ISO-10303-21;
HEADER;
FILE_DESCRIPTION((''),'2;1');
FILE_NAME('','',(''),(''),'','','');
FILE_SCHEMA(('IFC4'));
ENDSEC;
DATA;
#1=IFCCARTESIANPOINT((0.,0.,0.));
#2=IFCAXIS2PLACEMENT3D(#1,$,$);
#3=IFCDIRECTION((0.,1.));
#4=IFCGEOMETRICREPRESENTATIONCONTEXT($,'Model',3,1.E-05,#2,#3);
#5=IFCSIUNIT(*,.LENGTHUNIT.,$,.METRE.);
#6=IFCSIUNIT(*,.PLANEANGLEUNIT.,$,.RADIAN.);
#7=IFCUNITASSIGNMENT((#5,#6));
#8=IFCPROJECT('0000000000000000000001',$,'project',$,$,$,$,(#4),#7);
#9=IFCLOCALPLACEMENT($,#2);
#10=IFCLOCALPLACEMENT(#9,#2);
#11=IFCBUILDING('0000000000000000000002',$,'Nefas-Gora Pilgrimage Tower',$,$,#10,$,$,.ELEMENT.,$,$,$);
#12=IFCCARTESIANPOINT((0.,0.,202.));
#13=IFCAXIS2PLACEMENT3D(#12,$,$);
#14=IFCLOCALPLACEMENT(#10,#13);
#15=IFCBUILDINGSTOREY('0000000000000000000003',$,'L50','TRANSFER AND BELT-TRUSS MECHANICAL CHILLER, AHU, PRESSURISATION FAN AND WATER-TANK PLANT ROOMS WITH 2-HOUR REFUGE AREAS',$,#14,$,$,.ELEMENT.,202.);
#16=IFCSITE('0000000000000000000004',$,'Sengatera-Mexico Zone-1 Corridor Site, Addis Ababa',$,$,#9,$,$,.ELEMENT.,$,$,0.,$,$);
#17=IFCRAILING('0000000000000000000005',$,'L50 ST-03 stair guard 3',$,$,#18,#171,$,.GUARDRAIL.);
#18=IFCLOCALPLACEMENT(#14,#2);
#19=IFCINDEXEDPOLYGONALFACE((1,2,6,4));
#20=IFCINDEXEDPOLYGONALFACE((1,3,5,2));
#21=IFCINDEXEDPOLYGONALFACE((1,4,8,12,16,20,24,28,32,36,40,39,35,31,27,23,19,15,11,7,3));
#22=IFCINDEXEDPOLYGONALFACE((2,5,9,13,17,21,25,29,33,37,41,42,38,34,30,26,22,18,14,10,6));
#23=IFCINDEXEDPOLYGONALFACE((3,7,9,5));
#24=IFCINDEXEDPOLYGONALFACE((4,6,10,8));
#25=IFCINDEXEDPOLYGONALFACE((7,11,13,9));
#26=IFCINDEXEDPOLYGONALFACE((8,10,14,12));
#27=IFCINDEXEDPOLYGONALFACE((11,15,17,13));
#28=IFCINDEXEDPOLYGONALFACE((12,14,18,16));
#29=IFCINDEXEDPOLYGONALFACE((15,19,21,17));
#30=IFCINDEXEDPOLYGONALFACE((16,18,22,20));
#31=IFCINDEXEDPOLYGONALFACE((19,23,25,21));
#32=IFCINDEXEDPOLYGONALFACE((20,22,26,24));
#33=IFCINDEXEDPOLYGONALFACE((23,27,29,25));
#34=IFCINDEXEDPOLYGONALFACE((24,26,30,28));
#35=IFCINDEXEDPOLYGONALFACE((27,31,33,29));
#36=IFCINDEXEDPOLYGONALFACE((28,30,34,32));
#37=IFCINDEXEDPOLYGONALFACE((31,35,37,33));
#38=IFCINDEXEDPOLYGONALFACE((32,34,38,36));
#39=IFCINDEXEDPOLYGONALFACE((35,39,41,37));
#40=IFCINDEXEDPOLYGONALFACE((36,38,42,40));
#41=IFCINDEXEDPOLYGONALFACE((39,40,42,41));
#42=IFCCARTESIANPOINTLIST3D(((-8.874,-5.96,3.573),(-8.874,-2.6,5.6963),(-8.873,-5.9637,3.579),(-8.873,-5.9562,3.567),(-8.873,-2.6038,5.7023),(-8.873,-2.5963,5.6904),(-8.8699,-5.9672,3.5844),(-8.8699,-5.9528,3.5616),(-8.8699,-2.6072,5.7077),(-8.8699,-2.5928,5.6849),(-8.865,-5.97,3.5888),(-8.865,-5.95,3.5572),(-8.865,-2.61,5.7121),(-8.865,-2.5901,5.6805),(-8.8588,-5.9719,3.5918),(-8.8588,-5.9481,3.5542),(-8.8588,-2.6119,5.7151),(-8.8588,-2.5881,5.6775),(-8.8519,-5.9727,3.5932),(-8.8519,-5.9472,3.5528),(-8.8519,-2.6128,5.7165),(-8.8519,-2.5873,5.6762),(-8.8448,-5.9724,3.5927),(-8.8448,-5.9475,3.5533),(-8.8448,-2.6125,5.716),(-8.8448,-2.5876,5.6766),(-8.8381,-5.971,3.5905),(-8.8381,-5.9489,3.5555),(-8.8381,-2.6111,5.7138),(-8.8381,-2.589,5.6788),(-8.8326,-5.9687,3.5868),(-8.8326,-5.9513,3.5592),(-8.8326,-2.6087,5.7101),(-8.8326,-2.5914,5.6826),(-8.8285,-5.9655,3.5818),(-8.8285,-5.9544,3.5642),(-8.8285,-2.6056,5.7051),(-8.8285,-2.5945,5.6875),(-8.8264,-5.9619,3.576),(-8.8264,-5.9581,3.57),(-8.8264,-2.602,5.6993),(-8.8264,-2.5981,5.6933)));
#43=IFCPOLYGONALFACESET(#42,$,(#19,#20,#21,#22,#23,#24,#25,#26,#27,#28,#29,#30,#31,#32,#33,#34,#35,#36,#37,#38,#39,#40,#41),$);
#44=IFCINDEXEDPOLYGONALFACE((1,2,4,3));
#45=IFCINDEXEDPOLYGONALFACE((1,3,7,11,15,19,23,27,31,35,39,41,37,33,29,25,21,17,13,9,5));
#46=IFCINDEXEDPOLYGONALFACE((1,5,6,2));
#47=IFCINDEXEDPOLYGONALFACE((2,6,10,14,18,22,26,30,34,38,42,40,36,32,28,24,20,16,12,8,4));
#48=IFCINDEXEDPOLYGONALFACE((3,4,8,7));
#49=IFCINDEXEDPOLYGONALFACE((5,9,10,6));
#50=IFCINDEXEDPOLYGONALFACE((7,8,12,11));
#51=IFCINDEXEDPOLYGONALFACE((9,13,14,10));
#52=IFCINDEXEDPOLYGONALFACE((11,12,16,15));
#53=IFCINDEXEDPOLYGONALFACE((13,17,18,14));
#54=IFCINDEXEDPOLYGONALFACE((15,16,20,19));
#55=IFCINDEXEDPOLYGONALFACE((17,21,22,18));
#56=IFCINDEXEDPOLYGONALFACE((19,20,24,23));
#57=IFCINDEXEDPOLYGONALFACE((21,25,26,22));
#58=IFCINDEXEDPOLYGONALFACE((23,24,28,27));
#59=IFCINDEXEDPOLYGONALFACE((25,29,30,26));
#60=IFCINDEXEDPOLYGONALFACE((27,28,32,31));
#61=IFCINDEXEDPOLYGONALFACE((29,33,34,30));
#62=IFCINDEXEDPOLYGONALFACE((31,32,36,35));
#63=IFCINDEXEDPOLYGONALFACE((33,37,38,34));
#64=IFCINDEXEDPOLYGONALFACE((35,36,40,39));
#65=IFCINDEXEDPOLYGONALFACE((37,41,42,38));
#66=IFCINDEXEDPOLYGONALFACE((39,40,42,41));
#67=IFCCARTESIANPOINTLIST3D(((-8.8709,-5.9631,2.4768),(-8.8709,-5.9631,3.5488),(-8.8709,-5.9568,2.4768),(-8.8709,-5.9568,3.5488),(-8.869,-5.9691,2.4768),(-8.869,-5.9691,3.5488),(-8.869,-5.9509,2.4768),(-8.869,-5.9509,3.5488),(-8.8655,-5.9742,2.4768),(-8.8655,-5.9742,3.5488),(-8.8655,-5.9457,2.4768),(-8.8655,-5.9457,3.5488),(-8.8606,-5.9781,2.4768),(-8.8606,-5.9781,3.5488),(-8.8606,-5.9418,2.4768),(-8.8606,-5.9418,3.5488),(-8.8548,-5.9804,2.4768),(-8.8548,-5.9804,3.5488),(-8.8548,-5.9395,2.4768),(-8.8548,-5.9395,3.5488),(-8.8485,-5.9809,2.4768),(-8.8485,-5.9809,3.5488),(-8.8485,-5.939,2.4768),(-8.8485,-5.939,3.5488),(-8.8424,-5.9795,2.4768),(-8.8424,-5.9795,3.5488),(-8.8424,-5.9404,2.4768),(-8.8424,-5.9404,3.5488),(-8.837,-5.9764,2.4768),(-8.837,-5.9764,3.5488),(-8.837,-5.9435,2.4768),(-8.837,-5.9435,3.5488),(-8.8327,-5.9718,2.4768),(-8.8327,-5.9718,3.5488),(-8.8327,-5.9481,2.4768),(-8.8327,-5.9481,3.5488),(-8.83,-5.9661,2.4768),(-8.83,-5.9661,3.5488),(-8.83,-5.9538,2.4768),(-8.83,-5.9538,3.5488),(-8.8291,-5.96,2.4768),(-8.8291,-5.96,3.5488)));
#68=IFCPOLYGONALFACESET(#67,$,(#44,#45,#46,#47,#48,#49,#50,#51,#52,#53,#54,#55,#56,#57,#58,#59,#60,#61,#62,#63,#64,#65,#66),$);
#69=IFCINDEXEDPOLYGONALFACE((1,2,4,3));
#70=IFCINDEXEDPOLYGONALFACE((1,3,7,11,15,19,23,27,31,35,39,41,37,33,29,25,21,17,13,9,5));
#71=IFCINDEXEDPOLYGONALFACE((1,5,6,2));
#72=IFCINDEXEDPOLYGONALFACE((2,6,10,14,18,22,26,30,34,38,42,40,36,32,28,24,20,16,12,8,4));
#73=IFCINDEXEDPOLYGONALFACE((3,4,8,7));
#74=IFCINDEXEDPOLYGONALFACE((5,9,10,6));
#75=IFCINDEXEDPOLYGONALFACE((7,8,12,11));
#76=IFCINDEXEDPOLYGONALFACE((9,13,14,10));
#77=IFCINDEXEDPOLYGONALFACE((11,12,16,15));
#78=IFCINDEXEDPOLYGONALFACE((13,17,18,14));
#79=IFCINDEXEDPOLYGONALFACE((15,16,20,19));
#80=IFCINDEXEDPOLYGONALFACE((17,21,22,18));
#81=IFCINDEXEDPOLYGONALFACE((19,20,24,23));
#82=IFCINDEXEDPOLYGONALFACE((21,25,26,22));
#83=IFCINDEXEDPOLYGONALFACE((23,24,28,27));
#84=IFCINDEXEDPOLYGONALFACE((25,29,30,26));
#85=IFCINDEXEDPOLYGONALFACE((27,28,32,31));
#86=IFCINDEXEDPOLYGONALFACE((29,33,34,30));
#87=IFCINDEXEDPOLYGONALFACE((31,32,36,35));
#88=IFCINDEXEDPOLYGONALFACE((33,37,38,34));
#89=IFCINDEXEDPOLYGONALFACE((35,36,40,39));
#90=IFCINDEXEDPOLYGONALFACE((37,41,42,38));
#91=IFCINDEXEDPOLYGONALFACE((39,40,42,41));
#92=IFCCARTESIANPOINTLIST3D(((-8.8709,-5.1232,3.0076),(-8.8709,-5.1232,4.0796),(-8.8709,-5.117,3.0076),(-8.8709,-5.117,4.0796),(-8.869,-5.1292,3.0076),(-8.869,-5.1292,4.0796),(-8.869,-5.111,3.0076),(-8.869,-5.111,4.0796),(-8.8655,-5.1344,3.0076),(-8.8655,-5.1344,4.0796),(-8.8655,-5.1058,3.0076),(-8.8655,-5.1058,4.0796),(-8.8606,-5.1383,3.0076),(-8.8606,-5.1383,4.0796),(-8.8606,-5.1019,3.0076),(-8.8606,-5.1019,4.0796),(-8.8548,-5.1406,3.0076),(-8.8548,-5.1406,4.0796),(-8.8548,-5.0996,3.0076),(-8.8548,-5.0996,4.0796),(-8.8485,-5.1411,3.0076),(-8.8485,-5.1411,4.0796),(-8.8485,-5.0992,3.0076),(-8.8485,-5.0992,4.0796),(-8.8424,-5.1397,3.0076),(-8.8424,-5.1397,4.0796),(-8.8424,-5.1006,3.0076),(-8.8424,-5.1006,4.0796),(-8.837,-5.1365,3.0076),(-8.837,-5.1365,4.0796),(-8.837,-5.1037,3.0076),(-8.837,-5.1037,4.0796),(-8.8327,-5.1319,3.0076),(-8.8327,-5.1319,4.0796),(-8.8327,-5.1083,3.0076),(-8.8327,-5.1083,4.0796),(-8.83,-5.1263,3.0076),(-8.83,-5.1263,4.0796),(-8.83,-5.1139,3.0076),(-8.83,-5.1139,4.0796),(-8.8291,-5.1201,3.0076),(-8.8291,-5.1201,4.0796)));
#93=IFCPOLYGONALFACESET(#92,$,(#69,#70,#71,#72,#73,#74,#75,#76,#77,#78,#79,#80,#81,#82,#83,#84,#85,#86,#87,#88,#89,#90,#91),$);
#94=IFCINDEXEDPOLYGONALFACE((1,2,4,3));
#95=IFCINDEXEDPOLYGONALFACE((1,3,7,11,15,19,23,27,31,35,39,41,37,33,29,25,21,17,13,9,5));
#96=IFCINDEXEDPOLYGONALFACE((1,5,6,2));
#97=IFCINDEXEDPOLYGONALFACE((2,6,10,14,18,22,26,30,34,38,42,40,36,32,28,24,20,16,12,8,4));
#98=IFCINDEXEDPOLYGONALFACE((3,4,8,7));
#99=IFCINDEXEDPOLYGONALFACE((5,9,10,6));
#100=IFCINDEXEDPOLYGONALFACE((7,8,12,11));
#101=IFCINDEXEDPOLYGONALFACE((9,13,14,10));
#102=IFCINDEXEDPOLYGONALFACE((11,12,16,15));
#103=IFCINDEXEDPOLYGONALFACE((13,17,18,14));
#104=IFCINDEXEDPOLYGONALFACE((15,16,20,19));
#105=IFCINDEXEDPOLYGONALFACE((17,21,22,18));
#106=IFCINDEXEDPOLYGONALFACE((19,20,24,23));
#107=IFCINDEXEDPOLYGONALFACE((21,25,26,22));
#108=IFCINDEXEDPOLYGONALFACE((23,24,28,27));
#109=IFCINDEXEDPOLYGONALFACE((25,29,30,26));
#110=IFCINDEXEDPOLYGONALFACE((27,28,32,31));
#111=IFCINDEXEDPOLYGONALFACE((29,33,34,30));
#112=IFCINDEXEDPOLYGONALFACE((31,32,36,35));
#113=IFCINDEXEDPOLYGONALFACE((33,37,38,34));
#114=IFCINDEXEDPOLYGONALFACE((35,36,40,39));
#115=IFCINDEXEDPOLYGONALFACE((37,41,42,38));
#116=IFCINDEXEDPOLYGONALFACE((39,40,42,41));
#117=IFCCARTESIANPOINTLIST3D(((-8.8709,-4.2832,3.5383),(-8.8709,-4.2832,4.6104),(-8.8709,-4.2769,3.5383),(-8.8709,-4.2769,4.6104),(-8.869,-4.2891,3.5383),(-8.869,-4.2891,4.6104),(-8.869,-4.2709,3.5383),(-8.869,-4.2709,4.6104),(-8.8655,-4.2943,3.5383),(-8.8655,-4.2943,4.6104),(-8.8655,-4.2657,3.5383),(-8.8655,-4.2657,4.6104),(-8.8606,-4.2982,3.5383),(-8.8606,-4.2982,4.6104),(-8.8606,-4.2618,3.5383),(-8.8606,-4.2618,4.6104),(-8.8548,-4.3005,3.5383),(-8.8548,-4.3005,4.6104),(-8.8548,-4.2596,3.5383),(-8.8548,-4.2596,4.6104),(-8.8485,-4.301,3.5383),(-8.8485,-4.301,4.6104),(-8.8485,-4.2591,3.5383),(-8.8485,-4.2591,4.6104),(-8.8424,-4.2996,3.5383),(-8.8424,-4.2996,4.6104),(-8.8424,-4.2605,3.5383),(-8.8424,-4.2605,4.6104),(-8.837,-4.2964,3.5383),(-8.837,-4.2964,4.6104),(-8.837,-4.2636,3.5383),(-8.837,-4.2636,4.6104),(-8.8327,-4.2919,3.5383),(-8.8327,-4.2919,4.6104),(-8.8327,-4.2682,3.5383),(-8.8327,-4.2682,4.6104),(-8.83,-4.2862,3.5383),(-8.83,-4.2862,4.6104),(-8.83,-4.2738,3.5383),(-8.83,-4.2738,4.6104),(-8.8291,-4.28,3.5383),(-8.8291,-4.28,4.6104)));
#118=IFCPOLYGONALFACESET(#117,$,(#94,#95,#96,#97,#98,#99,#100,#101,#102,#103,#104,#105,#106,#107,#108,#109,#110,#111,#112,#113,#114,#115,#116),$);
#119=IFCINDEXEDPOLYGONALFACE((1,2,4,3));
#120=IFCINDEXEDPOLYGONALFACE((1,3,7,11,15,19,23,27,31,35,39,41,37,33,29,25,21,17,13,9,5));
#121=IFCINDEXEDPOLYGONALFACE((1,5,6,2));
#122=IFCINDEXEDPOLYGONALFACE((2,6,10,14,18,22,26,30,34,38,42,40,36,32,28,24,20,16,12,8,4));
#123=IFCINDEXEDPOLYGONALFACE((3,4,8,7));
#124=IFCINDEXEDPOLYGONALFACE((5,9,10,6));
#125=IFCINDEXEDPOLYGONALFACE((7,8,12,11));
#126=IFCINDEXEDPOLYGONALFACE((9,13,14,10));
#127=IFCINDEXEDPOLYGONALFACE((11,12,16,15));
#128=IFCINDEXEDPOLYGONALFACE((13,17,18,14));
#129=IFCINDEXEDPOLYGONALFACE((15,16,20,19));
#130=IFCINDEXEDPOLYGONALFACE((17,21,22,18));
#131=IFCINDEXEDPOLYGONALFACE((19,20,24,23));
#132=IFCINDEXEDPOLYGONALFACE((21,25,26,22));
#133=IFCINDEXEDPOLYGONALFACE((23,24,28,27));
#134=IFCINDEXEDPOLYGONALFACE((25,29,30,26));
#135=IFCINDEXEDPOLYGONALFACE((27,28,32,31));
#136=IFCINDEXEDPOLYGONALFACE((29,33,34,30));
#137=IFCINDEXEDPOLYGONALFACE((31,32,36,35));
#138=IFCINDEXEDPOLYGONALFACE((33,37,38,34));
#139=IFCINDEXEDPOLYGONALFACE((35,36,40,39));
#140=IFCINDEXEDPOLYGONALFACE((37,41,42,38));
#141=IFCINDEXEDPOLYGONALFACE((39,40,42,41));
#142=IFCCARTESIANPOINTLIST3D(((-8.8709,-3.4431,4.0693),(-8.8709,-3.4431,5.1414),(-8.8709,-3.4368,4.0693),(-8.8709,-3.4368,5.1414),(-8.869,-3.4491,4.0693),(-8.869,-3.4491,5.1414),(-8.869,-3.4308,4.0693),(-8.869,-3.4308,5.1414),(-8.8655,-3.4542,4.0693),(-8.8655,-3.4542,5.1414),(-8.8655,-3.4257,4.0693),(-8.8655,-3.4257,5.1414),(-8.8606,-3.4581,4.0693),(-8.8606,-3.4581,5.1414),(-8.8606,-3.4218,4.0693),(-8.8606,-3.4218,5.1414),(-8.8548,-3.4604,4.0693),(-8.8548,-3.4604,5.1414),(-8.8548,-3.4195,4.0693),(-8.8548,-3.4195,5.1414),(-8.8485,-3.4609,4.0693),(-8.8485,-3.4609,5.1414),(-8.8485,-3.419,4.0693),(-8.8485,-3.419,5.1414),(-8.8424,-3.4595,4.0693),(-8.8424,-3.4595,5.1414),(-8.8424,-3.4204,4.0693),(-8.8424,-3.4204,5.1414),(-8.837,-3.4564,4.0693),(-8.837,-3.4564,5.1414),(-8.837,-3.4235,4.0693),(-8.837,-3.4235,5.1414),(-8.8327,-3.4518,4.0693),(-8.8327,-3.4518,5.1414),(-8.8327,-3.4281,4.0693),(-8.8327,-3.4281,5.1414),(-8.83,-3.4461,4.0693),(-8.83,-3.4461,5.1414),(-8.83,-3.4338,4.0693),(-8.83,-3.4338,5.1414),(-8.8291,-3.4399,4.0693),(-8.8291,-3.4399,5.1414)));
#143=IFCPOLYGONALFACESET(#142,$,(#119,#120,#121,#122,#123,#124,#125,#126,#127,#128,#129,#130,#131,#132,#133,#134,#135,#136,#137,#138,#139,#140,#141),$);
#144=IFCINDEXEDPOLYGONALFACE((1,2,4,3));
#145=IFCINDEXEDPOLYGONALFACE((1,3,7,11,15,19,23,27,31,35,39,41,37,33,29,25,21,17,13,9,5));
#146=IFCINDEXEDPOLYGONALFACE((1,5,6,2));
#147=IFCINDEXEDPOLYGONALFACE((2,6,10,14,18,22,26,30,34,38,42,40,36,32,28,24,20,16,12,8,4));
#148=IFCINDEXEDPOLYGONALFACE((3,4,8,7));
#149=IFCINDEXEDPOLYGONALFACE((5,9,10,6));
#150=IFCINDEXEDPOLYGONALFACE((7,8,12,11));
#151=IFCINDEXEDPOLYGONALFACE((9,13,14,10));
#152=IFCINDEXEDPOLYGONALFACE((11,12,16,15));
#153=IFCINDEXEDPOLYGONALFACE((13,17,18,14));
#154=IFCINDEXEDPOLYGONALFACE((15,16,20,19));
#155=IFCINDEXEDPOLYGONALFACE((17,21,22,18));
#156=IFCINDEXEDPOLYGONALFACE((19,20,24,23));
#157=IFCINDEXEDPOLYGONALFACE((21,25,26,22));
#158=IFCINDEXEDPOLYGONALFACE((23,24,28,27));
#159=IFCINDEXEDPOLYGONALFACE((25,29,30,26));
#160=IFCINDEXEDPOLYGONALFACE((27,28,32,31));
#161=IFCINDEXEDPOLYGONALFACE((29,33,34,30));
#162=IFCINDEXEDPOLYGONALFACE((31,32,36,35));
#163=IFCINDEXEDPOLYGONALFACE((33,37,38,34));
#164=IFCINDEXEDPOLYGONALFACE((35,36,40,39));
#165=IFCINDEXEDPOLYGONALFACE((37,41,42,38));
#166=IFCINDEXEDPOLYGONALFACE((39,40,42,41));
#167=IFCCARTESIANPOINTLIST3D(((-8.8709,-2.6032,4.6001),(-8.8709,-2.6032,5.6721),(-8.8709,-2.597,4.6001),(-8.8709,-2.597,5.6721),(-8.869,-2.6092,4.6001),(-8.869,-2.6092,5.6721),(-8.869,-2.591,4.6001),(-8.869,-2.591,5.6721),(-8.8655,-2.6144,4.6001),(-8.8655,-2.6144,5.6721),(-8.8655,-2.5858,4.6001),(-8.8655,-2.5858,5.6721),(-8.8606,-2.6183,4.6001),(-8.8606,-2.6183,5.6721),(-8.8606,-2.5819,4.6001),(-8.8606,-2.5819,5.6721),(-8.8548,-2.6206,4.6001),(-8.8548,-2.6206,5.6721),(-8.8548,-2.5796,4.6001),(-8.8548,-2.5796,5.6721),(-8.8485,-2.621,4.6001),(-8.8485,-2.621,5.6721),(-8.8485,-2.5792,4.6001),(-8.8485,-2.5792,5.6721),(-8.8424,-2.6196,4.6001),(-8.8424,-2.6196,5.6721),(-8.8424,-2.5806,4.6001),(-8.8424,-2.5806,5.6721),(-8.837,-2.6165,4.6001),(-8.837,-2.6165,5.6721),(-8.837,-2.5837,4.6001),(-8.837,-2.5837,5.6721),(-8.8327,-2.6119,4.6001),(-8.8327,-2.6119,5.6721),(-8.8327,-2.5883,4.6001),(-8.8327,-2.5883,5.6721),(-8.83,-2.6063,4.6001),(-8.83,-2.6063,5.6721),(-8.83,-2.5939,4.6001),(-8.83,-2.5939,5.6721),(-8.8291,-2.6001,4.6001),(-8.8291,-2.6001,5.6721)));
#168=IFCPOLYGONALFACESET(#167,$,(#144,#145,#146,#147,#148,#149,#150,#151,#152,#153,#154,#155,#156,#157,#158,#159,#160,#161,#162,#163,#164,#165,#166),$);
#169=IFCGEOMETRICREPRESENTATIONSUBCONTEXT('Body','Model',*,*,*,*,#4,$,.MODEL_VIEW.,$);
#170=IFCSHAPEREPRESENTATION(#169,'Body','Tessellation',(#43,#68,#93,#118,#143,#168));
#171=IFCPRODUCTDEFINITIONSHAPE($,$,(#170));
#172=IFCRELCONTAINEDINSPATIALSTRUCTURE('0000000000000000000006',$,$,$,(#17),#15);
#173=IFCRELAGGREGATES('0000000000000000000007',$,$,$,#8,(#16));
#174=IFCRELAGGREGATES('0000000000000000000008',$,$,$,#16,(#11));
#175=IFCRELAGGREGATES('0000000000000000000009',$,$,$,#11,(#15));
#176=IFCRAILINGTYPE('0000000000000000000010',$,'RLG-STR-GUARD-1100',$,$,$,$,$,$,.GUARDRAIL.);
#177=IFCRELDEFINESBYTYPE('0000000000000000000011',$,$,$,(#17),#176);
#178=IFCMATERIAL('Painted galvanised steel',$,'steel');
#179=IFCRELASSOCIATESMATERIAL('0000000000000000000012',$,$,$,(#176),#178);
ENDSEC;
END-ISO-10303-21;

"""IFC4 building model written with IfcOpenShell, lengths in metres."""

from ifc_helpers import new_model, si_unit, direction, frame, origin, origin_2d, place, context, subcontext, project, spatial, circle, extrude, material, type_object, element, save


model = new_model("IFC4")

# Units and contexts
model_context = context("Model", 3, precision=1e-05, world=origin(), true_north=direction((0.0, 1.0)))
body_context = subcontext(model_context, "Body", "Model", "MODEL_VIEW")
ifc_project = project(units=[si_unit("LENGTHUNIT", "METRE"), si_unit("PLANEANGLEUNIT", "RADIAN")], contexts=[model_context])

# Site, building, storey
site_placement = place(None, origin())
site = spatial("IfcSite", under=ifc_project, at=site_placement, Name="Sengatera-Mexico Zone-1 Corridor Site, Addis Ababa", CompositionType="ELEMENT", RefElevation=0.0)
building_placement = place(site_placement, origin())
building = spatial("IfcBuilding", under=site, at=building_placement, Name="Nefas-Gora Pilgrimage Tower", CompositionType="ELEMENT")
storey_placement = place(building_placement, frame((0.0, 0.0, 202.0)))
storey = spatial("IfcBuildingStorey", under=building, at=storey_placement, Name="L50", Description="TRANSFER AND BELT-TRUSS MECHANICAL CHILLER, AHU, PRESSURISATION FAN AND WATER-TANK PLANT ROOMS WITH 2-HOUR REFUGE AREAS", CompositionType="ELEMENT", Elevation=202.0)

# Railing
ifc_material_1 = material(Name="Painted galvanised steel", Category="steel")
railing_type_1 = type_object("IfcRailingType", Name="RLG-STR-GUARD-1100", PredefinedType="GUARDRAIL", material=ifc_material_1)
railing_1_placement = place(storey_placement, frame((-8.8501, -5.96, 2.4768)))
element("IfcRailing", 1, at=railing_1_placement, inside=storey, type_object=railing_type_1, Name="L50 ST-03 stair guard 3", PredefinedType="GUARDRAIL", context=body_context, shape_type="SweptSolid", body=[
    extrude(circle(Radius=0.0239, at=origin_2d()), frame((0.0, 0.0, 1.0962), z_axis=(0.0, 0.845344, 0.534222), x_axis=(-1.0, 0.0, 0.0)), (0.0, 0.0, 1.0), 3.9746),
    extrude(circle(Radius=0.021, at=origin_2d()), origin(), (0.0, 0.0, 1.0), 1.072),
    extrude(circle(Radius=0.021, at=origin_2d()), frame((0.0, 0.8398, 0.5308)), (0.0, 0.0, 1.0), 1.072),
    extrude(circle(Radius=0.021, at=origin_2d()), frame((0.0, 1.6799, 1.0615)), (0.0, 0.0, 1.0), 1.072),
    extrude(circle(Radius=0.021, at=origin_2d()), frame((0.0, 2.52, 1.5925)), (0.0, 0.0, 1.0), 1.072),
    extrude(circle(Radius=0.021, at=origin_2d()), frame((0.0, 3.3599, 2.1233)), (0.0, 0.0, 1.0), 1.072),
])

save(model, "model.ifc")
